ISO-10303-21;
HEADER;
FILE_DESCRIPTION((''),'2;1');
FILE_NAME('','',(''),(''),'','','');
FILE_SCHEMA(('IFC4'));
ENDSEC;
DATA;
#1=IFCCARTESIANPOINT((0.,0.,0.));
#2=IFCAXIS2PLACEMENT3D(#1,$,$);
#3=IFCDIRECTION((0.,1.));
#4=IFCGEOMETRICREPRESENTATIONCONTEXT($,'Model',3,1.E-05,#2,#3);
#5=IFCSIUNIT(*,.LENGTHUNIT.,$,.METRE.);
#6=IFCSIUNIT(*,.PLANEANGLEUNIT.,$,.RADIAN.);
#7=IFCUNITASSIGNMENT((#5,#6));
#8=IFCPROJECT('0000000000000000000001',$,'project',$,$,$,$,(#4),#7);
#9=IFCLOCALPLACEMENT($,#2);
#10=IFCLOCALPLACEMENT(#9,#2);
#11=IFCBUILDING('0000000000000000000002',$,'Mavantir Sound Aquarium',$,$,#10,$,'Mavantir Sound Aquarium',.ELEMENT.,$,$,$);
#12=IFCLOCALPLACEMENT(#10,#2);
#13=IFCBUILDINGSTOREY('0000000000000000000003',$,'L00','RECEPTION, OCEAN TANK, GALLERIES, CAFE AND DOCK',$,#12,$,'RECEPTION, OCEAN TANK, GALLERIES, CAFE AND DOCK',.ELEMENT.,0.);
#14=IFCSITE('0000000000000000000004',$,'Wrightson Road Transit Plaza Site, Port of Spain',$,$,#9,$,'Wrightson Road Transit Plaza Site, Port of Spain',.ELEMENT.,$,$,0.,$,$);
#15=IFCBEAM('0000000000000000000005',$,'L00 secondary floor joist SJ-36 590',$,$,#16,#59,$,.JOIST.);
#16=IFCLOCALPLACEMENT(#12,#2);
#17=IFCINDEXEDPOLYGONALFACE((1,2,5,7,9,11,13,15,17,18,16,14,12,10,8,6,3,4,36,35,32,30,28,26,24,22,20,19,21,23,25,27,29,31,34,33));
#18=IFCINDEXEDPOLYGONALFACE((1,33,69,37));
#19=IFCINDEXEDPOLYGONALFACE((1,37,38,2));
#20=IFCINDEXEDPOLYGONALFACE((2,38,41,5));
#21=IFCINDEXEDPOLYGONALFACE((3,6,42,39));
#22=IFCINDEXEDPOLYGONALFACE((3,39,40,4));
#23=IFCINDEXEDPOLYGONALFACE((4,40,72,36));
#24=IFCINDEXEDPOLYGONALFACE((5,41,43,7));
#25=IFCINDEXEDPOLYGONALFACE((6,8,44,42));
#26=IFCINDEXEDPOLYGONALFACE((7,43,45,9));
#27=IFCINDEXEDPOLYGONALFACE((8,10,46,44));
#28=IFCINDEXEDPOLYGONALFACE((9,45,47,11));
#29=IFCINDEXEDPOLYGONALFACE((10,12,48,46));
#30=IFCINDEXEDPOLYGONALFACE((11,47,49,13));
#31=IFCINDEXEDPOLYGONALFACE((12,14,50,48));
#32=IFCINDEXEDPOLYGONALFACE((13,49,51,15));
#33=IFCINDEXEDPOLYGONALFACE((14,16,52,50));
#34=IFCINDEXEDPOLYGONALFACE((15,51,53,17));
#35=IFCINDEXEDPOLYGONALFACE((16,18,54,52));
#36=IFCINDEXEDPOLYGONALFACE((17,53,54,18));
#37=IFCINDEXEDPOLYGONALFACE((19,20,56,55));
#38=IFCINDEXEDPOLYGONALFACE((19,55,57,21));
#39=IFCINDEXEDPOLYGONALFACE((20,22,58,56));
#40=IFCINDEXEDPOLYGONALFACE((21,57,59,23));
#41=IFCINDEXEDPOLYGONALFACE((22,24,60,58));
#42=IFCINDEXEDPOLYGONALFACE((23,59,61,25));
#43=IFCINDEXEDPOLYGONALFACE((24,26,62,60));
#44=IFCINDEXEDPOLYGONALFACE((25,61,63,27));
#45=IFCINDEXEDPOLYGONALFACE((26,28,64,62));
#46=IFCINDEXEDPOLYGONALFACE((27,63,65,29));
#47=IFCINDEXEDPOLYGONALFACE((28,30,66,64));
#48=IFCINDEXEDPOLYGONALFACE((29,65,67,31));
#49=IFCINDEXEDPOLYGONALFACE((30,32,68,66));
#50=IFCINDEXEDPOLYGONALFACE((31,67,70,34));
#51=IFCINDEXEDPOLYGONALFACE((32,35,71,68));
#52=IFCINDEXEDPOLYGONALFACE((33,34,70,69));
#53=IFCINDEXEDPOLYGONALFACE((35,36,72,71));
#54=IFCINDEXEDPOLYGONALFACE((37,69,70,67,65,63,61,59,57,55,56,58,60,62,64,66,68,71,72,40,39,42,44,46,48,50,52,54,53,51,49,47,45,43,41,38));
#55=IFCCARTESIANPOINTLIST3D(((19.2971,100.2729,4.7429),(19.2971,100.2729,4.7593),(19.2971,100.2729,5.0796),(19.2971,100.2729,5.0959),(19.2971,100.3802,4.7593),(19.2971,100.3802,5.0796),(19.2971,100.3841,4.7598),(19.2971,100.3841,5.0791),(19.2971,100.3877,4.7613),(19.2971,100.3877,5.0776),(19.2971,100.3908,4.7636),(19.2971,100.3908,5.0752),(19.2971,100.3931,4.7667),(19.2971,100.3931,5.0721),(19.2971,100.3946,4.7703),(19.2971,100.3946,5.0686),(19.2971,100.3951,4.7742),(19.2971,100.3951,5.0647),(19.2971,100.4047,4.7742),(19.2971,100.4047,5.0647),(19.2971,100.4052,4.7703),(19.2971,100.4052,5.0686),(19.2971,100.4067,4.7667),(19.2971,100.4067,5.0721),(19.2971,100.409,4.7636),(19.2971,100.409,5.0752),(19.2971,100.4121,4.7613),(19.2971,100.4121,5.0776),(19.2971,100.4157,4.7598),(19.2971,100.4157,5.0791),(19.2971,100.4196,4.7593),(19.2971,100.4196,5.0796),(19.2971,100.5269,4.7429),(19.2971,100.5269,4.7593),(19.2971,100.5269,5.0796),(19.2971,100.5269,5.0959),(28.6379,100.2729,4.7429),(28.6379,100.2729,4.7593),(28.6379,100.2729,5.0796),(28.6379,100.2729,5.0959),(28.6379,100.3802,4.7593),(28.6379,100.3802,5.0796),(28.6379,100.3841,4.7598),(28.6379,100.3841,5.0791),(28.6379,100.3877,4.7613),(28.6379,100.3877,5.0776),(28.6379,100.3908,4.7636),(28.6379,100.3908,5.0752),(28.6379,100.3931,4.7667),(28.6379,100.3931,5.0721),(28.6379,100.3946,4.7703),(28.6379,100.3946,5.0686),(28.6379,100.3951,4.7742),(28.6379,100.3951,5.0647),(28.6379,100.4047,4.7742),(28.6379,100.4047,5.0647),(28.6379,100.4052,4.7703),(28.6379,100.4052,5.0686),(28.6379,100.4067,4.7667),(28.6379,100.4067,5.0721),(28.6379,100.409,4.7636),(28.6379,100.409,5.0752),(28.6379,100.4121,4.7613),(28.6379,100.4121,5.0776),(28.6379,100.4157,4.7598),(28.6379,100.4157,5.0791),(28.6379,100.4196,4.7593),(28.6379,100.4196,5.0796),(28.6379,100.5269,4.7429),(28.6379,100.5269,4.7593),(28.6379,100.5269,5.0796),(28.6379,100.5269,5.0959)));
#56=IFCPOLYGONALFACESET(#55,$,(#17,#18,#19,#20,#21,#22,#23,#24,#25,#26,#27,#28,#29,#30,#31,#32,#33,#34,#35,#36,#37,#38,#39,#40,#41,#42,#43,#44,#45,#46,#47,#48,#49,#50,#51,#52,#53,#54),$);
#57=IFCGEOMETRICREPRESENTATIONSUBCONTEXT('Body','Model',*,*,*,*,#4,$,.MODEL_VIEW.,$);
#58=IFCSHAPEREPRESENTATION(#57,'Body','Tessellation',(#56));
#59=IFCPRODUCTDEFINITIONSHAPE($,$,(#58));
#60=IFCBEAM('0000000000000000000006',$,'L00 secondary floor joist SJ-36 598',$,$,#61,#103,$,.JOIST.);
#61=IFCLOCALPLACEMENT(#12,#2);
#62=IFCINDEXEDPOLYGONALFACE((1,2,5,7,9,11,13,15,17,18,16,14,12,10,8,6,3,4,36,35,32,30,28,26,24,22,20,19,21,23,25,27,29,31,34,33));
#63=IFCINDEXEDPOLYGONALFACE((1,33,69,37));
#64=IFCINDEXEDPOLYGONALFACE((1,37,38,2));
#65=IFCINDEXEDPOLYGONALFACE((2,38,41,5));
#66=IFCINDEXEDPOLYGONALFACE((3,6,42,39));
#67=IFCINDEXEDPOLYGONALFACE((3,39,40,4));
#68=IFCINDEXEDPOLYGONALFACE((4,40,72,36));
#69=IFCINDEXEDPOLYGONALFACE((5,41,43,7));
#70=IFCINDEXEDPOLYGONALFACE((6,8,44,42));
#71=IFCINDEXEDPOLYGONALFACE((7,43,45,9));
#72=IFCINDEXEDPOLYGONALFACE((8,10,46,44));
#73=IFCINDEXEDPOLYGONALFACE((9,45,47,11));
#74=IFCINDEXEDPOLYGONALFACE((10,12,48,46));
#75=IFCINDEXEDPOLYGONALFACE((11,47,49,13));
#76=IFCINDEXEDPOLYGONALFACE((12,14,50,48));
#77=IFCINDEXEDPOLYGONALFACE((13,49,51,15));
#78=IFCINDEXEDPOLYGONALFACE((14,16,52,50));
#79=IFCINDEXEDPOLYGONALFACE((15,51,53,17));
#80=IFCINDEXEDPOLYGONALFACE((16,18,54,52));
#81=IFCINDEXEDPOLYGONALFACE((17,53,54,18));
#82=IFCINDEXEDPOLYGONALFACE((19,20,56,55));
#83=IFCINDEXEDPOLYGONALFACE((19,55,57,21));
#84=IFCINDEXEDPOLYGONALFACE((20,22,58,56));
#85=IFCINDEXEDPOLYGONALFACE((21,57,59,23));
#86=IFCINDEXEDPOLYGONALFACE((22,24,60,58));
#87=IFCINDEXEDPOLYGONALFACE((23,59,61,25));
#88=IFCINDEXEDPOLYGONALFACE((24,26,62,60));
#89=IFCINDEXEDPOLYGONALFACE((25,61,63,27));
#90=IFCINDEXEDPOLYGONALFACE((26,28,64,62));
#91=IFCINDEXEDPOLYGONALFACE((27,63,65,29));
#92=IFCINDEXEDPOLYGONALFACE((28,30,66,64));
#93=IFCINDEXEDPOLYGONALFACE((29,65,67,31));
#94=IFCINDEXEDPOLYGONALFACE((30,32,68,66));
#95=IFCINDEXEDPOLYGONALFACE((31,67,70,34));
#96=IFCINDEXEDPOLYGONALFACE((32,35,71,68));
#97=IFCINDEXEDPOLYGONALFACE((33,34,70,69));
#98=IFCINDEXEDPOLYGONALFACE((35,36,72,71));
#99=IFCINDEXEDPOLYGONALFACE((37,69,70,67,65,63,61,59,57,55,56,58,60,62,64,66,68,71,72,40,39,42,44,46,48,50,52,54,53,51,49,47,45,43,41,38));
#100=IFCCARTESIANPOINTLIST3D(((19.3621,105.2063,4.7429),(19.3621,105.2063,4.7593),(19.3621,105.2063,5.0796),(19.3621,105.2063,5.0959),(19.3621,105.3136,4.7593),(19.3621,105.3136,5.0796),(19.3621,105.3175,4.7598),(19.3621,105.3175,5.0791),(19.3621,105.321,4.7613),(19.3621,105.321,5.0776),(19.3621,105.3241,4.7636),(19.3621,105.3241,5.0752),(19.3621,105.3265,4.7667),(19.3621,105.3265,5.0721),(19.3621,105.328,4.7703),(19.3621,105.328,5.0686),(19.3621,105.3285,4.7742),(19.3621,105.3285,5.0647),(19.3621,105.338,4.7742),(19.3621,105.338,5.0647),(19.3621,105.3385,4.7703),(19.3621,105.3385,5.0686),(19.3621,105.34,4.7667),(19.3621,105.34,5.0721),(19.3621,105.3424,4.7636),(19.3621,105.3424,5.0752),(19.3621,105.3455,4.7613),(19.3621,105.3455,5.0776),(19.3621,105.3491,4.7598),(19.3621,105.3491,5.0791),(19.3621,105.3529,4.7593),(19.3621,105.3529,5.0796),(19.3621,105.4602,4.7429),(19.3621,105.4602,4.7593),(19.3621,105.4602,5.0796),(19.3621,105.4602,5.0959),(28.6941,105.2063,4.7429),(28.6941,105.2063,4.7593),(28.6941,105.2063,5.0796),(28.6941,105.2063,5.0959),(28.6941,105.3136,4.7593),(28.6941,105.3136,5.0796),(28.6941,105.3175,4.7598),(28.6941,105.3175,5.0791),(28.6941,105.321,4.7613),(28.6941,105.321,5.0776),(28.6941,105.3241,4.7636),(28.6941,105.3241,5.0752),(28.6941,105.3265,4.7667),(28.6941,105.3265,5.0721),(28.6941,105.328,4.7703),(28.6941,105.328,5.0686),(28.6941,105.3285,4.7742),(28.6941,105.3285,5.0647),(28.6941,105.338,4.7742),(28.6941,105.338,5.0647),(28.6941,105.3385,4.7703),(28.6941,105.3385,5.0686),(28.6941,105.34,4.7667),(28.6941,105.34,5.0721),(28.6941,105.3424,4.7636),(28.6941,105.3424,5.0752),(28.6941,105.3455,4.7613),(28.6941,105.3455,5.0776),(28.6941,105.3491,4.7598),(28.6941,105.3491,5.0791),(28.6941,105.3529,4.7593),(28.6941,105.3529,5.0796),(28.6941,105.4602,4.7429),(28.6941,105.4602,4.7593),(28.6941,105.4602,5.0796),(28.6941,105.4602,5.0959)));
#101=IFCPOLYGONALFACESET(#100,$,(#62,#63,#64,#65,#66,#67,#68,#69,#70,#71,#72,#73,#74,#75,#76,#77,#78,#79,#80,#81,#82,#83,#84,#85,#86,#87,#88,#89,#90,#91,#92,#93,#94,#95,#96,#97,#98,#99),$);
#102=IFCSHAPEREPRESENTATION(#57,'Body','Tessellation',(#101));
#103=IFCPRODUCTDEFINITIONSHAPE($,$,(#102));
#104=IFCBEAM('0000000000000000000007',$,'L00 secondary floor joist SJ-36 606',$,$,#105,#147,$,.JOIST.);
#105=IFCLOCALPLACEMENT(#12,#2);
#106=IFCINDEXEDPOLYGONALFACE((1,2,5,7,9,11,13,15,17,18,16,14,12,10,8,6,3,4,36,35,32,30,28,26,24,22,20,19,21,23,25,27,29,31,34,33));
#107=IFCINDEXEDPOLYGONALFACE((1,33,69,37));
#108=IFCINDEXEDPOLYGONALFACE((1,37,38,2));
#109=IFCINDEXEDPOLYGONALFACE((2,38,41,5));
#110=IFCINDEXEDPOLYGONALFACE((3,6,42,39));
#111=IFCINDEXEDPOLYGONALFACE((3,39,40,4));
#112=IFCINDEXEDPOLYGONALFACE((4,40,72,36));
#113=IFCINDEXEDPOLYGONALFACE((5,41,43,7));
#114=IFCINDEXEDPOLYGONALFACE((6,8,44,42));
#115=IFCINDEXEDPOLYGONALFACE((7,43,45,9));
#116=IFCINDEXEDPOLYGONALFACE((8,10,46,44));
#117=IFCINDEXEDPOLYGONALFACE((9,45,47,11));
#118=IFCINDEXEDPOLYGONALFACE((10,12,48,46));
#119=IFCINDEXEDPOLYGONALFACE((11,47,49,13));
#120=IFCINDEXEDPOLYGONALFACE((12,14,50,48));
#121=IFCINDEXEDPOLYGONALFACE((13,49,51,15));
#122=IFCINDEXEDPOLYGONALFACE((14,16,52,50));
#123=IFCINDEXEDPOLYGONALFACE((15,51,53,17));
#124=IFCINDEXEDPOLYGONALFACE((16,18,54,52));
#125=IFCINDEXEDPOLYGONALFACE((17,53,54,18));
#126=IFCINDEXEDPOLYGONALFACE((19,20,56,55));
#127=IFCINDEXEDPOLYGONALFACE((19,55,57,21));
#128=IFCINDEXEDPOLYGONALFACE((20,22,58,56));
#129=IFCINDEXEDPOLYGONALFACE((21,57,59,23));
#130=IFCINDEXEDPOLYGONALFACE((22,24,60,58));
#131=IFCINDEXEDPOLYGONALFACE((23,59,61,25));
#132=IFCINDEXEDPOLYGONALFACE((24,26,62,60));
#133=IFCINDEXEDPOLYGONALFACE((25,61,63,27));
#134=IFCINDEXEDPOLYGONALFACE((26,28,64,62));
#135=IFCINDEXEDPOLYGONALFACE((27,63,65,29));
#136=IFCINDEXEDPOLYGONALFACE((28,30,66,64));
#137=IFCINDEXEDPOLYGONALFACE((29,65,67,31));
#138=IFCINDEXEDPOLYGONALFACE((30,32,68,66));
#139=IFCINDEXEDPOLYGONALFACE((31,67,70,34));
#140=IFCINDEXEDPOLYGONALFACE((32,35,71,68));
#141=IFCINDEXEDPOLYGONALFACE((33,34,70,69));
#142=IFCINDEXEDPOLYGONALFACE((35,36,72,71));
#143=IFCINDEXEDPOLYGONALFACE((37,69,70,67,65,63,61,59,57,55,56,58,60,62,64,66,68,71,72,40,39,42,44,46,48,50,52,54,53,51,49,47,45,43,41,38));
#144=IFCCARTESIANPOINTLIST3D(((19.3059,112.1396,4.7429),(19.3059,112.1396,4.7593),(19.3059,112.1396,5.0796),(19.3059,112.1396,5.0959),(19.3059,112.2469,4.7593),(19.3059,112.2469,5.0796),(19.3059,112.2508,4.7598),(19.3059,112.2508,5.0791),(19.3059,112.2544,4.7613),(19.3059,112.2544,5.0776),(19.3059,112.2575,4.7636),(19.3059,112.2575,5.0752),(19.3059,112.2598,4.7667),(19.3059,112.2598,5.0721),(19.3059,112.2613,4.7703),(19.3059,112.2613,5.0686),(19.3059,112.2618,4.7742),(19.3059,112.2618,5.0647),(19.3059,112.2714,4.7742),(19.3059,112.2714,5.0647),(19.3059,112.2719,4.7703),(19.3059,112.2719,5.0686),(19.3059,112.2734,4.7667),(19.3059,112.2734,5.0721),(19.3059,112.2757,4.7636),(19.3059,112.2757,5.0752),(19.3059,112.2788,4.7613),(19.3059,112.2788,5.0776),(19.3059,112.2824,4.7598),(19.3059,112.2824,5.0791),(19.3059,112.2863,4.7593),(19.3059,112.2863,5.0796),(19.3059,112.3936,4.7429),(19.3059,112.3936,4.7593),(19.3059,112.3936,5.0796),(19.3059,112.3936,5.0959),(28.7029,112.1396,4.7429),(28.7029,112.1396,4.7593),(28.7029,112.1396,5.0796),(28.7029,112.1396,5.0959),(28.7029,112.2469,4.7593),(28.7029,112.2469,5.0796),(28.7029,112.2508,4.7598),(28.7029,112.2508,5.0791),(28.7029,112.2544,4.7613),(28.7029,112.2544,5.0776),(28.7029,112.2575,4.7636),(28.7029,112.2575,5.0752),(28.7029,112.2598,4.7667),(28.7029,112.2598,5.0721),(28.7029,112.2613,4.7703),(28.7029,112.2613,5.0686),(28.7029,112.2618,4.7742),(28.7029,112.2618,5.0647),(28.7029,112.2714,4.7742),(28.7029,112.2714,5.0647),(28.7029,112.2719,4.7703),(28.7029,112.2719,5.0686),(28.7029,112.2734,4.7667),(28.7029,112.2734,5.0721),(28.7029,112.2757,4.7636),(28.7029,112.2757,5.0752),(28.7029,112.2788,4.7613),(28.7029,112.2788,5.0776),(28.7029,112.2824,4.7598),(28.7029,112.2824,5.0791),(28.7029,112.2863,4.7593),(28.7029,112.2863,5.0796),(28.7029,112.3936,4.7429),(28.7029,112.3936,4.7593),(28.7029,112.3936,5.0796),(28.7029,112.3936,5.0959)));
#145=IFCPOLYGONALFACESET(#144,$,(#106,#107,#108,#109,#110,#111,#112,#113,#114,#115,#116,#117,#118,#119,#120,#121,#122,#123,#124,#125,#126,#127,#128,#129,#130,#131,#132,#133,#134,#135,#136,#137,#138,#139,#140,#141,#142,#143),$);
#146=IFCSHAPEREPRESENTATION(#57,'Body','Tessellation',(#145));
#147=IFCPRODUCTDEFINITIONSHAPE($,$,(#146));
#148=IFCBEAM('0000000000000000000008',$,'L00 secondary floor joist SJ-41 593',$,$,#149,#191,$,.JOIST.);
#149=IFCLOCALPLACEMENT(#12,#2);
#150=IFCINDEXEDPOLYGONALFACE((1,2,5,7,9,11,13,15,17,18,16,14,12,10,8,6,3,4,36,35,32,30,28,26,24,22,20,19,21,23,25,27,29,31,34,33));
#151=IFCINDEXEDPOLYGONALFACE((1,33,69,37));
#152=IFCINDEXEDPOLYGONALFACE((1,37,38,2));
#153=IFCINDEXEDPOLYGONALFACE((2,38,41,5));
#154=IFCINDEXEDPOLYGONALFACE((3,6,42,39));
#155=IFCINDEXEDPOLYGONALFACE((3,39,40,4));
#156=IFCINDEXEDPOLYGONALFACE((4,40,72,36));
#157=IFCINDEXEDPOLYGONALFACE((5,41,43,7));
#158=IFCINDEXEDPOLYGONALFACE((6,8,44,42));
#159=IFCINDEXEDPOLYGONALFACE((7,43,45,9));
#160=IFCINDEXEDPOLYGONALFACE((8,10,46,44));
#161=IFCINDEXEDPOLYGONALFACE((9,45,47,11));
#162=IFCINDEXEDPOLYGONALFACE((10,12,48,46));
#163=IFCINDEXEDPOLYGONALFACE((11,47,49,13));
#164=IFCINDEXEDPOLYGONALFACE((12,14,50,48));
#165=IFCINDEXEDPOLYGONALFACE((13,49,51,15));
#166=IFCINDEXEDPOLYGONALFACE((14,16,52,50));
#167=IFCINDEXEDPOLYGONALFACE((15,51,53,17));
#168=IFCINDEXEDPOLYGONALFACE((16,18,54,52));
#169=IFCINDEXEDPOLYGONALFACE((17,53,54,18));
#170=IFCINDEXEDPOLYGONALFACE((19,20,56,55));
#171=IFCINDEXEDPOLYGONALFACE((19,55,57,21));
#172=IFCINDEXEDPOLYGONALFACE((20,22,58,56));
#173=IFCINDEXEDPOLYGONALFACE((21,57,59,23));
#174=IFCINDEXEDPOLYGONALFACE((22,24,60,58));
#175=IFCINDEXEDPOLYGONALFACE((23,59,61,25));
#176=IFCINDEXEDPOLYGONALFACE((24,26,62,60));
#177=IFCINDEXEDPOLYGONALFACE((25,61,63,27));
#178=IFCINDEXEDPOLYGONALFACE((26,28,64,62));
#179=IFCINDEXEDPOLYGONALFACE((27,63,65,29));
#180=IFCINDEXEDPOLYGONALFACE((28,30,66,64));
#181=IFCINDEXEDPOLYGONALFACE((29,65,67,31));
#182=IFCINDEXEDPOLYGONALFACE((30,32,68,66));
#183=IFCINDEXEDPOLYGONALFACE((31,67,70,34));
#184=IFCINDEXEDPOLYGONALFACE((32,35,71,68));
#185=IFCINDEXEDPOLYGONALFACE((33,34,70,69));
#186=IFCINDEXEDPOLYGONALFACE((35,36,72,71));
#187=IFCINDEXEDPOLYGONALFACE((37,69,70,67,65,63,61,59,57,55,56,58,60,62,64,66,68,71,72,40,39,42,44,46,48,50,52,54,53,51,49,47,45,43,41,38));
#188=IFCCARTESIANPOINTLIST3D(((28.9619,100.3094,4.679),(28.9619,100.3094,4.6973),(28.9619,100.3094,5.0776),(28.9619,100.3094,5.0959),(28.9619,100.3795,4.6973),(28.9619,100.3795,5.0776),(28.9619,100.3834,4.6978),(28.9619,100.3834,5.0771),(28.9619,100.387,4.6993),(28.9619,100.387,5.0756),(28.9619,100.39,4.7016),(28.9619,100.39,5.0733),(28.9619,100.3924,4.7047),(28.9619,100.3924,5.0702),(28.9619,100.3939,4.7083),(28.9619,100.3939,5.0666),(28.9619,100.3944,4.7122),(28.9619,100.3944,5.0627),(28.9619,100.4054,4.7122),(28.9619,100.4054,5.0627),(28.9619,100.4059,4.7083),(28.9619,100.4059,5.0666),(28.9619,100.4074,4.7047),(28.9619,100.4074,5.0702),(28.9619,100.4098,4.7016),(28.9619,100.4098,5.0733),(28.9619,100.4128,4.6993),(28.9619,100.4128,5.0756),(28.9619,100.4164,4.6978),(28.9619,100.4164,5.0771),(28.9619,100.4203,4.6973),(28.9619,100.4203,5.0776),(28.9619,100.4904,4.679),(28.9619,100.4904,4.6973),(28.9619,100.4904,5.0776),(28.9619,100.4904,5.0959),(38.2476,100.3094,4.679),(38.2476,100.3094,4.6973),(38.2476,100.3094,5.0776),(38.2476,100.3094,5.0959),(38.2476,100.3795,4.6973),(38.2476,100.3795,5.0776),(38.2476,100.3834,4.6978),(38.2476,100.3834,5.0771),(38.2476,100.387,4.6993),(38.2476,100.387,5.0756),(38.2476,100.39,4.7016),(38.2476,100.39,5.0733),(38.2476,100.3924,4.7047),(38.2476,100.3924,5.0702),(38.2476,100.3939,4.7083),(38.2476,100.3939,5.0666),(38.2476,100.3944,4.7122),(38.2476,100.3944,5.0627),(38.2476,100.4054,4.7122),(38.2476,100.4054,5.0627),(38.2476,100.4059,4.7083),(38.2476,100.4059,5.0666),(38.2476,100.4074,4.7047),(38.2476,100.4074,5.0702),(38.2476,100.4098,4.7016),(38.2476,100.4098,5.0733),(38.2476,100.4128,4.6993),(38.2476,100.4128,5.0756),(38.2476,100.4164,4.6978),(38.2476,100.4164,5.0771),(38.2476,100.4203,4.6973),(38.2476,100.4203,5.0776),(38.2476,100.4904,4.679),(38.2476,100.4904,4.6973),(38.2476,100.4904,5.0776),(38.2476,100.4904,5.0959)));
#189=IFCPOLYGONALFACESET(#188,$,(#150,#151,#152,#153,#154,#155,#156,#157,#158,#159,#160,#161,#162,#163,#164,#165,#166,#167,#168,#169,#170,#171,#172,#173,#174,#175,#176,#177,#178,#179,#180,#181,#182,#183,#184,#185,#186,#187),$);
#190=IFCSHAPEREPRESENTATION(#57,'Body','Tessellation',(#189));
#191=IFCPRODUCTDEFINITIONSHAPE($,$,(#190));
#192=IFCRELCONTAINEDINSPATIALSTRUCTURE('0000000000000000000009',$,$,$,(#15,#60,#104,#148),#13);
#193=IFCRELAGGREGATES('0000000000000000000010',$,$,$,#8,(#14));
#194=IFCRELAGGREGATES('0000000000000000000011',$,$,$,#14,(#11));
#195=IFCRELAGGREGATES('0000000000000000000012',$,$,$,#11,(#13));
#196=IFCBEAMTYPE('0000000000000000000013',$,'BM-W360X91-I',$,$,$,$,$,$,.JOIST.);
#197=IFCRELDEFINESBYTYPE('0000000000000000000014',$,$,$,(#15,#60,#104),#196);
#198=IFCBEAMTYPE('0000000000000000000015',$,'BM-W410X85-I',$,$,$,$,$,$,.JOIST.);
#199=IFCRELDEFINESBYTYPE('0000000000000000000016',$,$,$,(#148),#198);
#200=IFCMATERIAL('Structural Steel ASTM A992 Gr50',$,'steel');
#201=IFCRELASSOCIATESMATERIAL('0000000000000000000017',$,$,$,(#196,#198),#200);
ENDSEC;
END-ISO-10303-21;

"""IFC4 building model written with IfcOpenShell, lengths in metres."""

from ifc_helpers import new_model, si_unit, direction, frame, origin, origin_2d, place, context, subcontext, project, spatial, i_section, extrude, material, material_profile, profile_set, type_object, element, save


model = new_model("IFC4")

# Units and contexts
model_context = context("Model", 3, precision=1e-05, world=origin(), true_north=direction((0.0, 1.0)))
body_context = subcontext(model_context, "Body", "Model", "MODEL_VIEW")
ifc_project = project(units=[si_unit("LENGTHUNIT", "METRE"), si_unit("PLANEANGLEUNIT", "RADIAN")], contexts=[model_context])

# Site, building, storey
site_placement = place(None, origin())
site = spatial("IfcSite", under=ifc_project, at=site_placement, Name="Wrightson Road Transit Plaza Site, Port of Spain", LongName="Wrightson Road Transit Plaza Site, Port of Spain", CompositionType="ELEMENT", RefElevation=0.0)
building_placement = place(site_placement, origin())
building = spatial("IfcBuilding", under=site, at=building_placement, Name="Mavantir Sound Aquarium", LongName="Mavantir Sound Aquarium", CompositionType="ELEMENT")
storey_placement = place(building_placement, origin())
storey = spatial("IfcBuildingStorey", under=building, at=storey_placement, Name="L00", Description="RECEPTION, OCEAN TANK, GALLERIES, CAFE AND DOCK", LongName="RECEPTION, OCEAN TANK, GALLERIES, CAFE AND DOCK", CompositionType="ELEMENT", Elevation=0.0)

# Beams
ifc_material_1 = material(Name="Structural Steel ASTM A992 Gr50", Category="steel")
ifc_material_profile_1 = material_profile(ifc_material_1, i_section(OverallWidth=0.2539, OverallDepth=0.353, WebThickness=0.0095, FlangeThickness=0.0164, FilletRadius=0.0149, at=origin_2d()), Name="W360X91")
ifc_profile_set_1 = profile_set([ifc_material_profile_1], Name="Structural Steel ASTM A992 Gr50")
beam_type_1 = type_object("IfcBeamType", Name="BM-W360X91-I", PredefinedType="JOIST", material=ifc_profile_set_1)
beam_1_placement = place(storey_placement, frame((19.2971, 100.3999, 4.9194), z_axis=(1.0, 0.0, 0.0), x_axis=(0.0, 1.0, 0.0)))
element("IfcBeam", 1, at=beam_1_placement, inside=storey, type_object=beam_type_1, Name="L00 secondary floor joist SJ-36 590", PredefinedType="JOIST", context=body_context, shape_type="SweptSolid", body=[
    extrude(i_section(OverallWidth=0.2539, OverallDepth=0.353, WebThickness=0.0095, FlangeThickness=0.0164, FilletRadius=0.0149, at=origin_2d()), origin(), (0.0, 0.0, 1.0), 9.3408),
])
beam_2_placement = place(storey_placement, frame((19.3621, 105.3333, 4.9194), z_axis=(1.0, 0.0, 0.0), x_axis=(0.0, 1.0, 0.0)))
element("IfcBeam", 2, at=beam_2_placement, inside=storey, type_object=beam_type_1, Name="L00 secondary floor joist SJ-36 598", PredefinedType="JOIST", context=body_context, shape_type="SweptSolid", body=[
    extrude(i_section(OverallWidth=0.2539, OverallDepth=0.353, WebThickness=0.0095, FlangeThickness=0.0164, FilletRadius=0.0149, at=origin_2d()), origin(), (0.0, 0.0, 1.0), 9.332),
])
beam_3_placement = place(storey_placement, frame((19.3059, 112.2666, 4.9194), z_axis=(1.0, 0.0, 0.0), x_axis=(0.0, 1.0, 0.0)))
element("IfcBeam", 3, at=beam_3_placement, inside=storey, type_object=beam_type_1, Name="L00 secondary floor joist SJ-36 606", PredefinedType="JOIST", context=body_context, shape_type="SweptSolid", body=[
    extrude(i_section(OverallWidth=0.2539, OverallDepth=0.353, WebThickness=0.0095, FlangeThickness=0.0164, FilletRadius=0.0149, at=origin_2d()), origin(), (0.0, 0.0, 1.0), 9.397),
])
ifc_material_profile_2 = material_profile(ifc_material_1, i_section(OverallWidth=0.1809, OverallDepth=0.417, WebThickness=0.011, FlangeThickness=0.0183, FilletRadius=0.0149, at=origin_2d()), Name="W410X85")
ifc_profile_set_2 = profile_set([ifc_material_profile_2], Name="Structural Steel ASTM A992 Gr50")
beam_type_2 = type_object("IfcBeamType", Name="BM-W410X85-I", PredefinedType="JOIST", material=ifc_profile_set_2)
beam_4_placement = place(storey_placement, frame((28.9619, 100.3999, 4.8875), z_axis=(1.0, 0.0, 0.0), x_axis=(0.0, 1.0, 0.0)))
element("IfcBeam", 4, at=beam_4_placement, inside=storey, type_object=beam_type_2, Name="L00 secondary floor joist SJ-41 593", PredefinedType="JOIST", context=body_context, shape_type="SweptSolid", body=[
    extrude(i_section(OverallWidth=0.1809, OverallDepth=0.417, WebThickness=0.011, FlangeThickness=0.0183, FilletRadius=0.0149, at=origin_2d()), origin(), (0.0, 0.0, 1.0), 9.2856),
])

save(model, "model.ifc")
